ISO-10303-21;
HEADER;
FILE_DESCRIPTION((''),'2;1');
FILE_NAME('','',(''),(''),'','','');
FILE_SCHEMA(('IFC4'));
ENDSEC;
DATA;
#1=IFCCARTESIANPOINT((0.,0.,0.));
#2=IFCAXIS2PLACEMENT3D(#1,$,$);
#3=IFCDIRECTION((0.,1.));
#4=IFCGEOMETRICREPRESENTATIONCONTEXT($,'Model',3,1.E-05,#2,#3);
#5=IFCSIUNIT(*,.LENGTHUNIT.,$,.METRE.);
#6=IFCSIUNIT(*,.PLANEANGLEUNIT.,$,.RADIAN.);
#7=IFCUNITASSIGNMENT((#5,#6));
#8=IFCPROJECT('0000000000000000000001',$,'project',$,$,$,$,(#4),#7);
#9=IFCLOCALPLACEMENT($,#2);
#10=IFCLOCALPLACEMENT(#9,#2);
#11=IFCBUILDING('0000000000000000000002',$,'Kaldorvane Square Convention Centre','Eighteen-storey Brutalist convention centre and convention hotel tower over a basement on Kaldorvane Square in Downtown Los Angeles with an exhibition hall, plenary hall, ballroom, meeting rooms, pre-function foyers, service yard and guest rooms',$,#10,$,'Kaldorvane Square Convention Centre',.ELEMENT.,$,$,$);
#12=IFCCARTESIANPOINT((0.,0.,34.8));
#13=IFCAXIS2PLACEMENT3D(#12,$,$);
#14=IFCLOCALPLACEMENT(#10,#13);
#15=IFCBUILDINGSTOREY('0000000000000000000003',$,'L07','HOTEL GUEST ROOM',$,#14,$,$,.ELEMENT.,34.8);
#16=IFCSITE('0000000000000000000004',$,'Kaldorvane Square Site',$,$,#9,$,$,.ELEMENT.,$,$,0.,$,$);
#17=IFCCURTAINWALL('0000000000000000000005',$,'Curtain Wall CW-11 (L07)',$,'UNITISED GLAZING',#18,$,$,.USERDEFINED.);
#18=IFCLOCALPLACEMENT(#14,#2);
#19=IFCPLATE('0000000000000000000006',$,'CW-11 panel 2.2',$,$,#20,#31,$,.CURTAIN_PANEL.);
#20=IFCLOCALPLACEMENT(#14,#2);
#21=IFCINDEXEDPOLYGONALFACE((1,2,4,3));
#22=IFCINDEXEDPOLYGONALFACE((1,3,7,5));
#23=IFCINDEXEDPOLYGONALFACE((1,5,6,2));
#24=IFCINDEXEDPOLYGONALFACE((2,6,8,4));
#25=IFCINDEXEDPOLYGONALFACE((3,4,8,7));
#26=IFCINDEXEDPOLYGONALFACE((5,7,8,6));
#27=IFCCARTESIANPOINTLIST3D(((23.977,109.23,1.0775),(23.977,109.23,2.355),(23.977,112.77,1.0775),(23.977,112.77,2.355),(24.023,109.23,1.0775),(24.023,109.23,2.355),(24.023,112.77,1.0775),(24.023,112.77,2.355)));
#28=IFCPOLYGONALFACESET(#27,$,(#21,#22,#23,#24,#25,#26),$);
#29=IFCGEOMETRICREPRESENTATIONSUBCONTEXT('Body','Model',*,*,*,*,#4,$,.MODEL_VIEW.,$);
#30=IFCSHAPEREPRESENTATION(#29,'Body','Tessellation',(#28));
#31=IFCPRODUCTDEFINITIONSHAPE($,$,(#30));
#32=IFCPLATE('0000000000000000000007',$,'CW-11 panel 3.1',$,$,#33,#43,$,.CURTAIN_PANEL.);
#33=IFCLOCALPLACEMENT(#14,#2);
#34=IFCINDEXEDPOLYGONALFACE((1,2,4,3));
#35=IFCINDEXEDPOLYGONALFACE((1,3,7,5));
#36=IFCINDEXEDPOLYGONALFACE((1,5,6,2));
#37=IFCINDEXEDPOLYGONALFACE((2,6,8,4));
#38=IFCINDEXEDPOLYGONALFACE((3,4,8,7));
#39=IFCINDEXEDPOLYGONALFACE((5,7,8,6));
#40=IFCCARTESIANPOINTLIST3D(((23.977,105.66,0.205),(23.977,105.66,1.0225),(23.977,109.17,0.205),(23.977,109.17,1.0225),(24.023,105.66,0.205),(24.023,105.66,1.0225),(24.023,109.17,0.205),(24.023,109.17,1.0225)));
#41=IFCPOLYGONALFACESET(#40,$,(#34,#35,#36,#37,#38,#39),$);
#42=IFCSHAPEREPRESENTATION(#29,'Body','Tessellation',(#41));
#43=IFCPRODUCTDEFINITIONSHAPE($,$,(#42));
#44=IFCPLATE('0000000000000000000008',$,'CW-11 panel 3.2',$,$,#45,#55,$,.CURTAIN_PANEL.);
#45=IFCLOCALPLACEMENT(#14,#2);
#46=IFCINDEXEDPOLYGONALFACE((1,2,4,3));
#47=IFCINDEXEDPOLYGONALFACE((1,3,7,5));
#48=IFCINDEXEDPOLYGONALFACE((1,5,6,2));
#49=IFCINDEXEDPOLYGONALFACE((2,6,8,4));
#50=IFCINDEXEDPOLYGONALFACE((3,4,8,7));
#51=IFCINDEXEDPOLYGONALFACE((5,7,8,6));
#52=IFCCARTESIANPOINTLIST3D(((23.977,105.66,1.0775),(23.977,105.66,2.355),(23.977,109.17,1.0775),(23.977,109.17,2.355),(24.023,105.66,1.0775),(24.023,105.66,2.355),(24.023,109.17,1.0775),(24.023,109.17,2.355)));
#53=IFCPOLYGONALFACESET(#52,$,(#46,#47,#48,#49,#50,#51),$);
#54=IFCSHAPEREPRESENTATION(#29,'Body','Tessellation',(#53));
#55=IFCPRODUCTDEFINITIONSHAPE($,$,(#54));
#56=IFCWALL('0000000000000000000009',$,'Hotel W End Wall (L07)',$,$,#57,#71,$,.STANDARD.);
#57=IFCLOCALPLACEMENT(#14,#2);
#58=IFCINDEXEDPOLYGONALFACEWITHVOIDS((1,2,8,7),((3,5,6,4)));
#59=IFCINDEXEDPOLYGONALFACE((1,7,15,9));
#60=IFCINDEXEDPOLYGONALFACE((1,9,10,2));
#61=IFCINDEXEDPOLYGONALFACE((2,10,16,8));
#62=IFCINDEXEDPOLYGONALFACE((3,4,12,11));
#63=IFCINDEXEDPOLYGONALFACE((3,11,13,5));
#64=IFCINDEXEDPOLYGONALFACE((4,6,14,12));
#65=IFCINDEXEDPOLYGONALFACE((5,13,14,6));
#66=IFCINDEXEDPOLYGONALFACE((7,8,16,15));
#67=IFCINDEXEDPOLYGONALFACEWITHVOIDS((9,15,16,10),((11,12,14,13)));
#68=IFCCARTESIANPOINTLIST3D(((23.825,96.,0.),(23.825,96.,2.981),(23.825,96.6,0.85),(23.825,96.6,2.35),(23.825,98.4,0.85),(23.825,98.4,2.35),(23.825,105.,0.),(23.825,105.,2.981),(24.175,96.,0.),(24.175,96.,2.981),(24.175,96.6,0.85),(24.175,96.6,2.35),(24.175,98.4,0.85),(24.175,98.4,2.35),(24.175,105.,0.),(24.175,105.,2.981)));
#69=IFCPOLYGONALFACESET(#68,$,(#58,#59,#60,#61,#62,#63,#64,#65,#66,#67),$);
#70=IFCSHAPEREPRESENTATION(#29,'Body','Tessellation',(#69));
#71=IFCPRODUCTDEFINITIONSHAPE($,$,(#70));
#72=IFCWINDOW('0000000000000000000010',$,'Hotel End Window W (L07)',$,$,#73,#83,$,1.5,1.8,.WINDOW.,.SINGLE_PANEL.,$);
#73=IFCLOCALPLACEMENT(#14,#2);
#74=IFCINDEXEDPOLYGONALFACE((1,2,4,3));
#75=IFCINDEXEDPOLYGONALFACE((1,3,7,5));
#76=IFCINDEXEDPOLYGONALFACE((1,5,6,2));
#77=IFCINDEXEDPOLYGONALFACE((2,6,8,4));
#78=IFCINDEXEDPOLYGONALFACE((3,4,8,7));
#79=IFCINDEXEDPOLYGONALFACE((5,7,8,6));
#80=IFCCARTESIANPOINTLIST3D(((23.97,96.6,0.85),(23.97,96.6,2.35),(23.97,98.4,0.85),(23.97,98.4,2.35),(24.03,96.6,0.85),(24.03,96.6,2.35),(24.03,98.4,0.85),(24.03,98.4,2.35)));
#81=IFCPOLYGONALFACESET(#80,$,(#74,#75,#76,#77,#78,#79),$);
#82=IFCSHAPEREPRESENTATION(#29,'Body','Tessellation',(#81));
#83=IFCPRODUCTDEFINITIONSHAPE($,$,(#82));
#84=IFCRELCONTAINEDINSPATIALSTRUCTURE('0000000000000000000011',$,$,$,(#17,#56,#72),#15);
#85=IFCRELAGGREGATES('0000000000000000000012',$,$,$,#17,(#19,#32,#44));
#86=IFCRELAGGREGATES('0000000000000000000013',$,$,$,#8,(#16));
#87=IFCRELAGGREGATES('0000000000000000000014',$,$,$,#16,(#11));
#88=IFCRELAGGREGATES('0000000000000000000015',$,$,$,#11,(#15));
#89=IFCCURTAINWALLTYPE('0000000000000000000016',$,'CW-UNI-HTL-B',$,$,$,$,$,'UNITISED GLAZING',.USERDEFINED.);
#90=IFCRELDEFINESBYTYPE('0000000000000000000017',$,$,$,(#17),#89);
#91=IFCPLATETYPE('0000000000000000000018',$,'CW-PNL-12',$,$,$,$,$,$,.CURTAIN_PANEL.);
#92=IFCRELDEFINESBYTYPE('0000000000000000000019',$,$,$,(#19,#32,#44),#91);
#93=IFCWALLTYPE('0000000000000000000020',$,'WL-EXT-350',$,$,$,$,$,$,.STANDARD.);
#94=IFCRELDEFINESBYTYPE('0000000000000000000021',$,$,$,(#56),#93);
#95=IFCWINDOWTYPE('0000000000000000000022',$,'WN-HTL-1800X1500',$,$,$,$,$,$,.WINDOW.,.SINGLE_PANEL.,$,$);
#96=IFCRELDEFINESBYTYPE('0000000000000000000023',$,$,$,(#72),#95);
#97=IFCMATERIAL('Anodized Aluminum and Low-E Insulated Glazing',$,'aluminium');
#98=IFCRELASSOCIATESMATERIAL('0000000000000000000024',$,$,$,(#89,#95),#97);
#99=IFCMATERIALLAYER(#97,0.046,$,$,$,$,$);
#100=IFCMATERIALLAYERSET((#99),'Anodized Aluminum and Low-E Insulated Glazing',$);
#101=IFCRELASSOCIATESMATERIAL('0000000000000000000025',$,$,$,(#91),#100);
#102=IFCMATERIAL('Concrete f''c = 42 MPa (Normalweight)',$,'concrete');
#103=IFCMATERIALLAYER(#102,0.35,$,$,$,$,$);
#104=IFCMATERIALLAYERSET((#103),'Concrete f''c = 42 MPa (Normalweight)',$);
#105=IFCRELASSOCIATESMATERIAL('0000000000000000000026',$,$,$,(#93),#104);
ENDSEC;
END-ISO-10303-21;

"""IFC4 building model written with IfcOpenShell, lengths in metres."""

from ifc_helpers import new_model, si_unit, direction, frame, frame_2d, origin, origin_2d, place, context, subcontext, project, spatial, rectangle, extrude, material, layer, layer_set, type_object, element, fill, aggregate, save


model = new_model("IFC4")

# Units and contexts
model_context = context("Model", 3, precision=1e-05, world=origin(), true_north=direction((0.0, 1.0)))
body_context = subcontext(model_context, "Body", "Model", "MODEL_VIEW")
ifc_project = project(units=[si_unit("LENGTHUNIT", "METRE"), si_unit("PLANEANGLEUNIT", "RADIAN")], contexts=[model_context])

# Site, building, storey
site_placement = place(None, origin())
site = spatial("IfcSite", under=ifc_project, at=site_placement, Name="Kaldorvane Square Site", CompositionType="ELEMENT", RefElevation=0.0)
building_placement = place(site_placement, origin())
building = spatial("IfcBuilding", under=site, at=building_placement, Name="Kaldorvane Square Convention Centre", Description="Eighteen-storey Brutalist convention centre and convention hotel tower over a basement on Kaldorvane Square in Downtown Los Angeles with an exhibition hall, plenary hall, ballroom, meeting rooms, pre-function foyers, service yard and guest rooms", LongName="Kaldorvane Square Convention Centre", CompositionType="ELEMENT")
storey_placement = place(building_placement, frame((0.0, 0.0, 34.8)))
storey = spatial("IfcBuildingStorey", under=building, at=storey_placement, Name="L07", Description="HOTEL GUEST ROOM", CompositionType="ELEMENT", Elevation=34.8)

# Curtain wall, plates
ifc_material_1 = material(Name="Anodized Aluminum and Low-E Insulated Glazing", Category="aluminium")
curtain_wall_type = type_object("IfcCurtainWallType", Name="CW-UNI-HTL-B", ElementType="UNITISED GLAZING", PredefinedType="USERDEFINED", material=ifc_material_1)
curtain_wall_placement = place(storey_placement, origin())
curtain_wall = element("IfcCurtainWall", 1, at=curtain_wall_placement, inside=storey, type_object=curtain_wall_type, Name="Curtain Wall CW-11 (L07)", ObjectType="UNITISED GLAZING", PredefinedType="USERDEFINED")
ifc_layer_1 = layer(ifc_material_1, 0.046)
ifc_layer_set_1 = layer_set([ifc_layer_1], Name="Anodized Aluminum and Low-E Insulated Glazing")
plate_type = type_object("IfcPlateType", Name="CW-PNL-12", PredefinedType="CURTAIN_PANEL", material=ifc_layer_set_1)
plate_1_placement = place(storey_placement, frame((24.0, 111.0, 1.0775), z_axis=(0.0, 0.0, 1.0), x_axis=(0.0, -1.0, 0.0)))
plate_1 = element("IfcPlate", 2, at=plate_1_placement, type_object=plate_type, Name="CW-11 panel 2.2", PredefinedType="CURTAIN_PANEL", context=body_context, shape_type="SweptSolid", body=[
    extrude(rectangle(XDim=3.54, YDim=0.046, at=origin_2d()), origin(), (0.0, 0.0, 1.0), 1.2775),
])
plate_2_placement = place(storey_placement, frame((24.0, 107.415, 0.205), z_axis=(0.0, 0.0, 1.0), x_axis=(0.0, -1.0, 0.0)))
plate_2 = element("IfcPlate", 3, at=plate_2_placement, type_object=plate_type, Name="CW-11 panel 3.1", PredefinedType="CURTAIN_PANEL", context=body_context, shape_type="SweptSolid", body=[
    extrude(rectangle(XDim=3.51, YDim=0.046, at=origin_2d()), origin(), (0.0, 0.0, 1.0), 0.8175),
])
plate_3_placement = place(storey_placement, frame((24.0, 107.415, 1.0775), z_axis=(0.0, 0.0, 1.0), x_axis=(0.0, -1.0, 0.0)))
plate_3 = element("IfcPlate", 4, at=plate_3_placement, type_object=plate_type, Name="CW-11 panel 3.2", PredefinedType="CURTAIN_PANEL", context=body_context, shape_type="SweptSolid", body=[
    extrude(rectangle(XDim=3.51, YDim=0.046, at=origin_2d()), origin(), (0.0, 0.0, 1.0), 1.2775),
])
aggregate(curtain_wall, [plate_1, plate_2, plate_3])

# Wall, opening, window
ifc_material_2 = material(Name="Concrete f'c = 42 MPa (Normalweight)", Category="concrete")
ifc_layer_2 = layer(ifc_material_2, 0.35)
ifc_layer_set_2 = layer_set([ifc_layer_2], Name="Concrete f'c = 42 MPa (Normalweight)")
wall_type = type_object("IfcWallType", Name="WL-EXT-350", PredefinedType="STANDARD", material=ifc_layer_set_2)
wall_placement = place(storey_placement, frame((24.0, 105.0, 0.0), z_axis=(0.0, 0.0, 1.0), x_axis=(0.0, -1.0, 0.0)))
wall = element("IfcWall", 5, at=wall_placement, inside=storey, type_object=wall_type, Name="Hotel W End Wall (L07)", PredefinedType="STANDARD", context=body_context, shape_type="SweptSolid", body=[
    extrude(rectangle(XDim=9.0, YDim=0.35, at=frame_2d((4.5, 0.0))), origin(), (0.0, 0.0, 1.0), 2.981),
])
opening_placement = place(wall_placement, frame((6.6, 0.0, 0.85)))
opening = element("IfcOpeningElement", 6, at=opening_placement, cuts=wall, PredefinedType="OPENING", context=body_context, shape_type="SweptSolid", body=[
    extrude(rectangle(XDim=1.8, YDim=1.5, at=frame_2d((0.9, 0.75))), frame((0.0, 0.19, 0.0), z_axis=(0.0, -1.0, 0.0), x_axis=(1.0, 0.0, 0.0)), (0.0, 0.0, 1.0), 0.38),
])
window_type = type_object("IfcWindowType", Name="WN-HTL-1800X1500", PartitioningType="SINGLE_PANEL", PredefinedType="WINDOW", material=ifc_material_1)
window_placement = place(opening_placement, origin())
window = element("IfcWindow", 7, at=window_placement, inside=storey, type_object=window_type, Name="Hotel End Window W (L07)", OverallHeight=1.5, OverallWidth=1.8, PartitioningType="SINGLE_PANEL", PredefinedType="WINDOW", context=body_context, shape_type="SweptSolid", body=[
    extrude(rectangle(XDim=1.8, YDim=1.5, at=frame_2d((0.9, 0.75))), frame((0.0, 0.03, 0.0), z_axis=(0.0, -1.0, 0.0), x_axis=(1.0, 0.0, 0.0)), (0.0, 0.0, 1.0), 0.06),
])
fill(opening, window)

save(model, "model.ifc")
